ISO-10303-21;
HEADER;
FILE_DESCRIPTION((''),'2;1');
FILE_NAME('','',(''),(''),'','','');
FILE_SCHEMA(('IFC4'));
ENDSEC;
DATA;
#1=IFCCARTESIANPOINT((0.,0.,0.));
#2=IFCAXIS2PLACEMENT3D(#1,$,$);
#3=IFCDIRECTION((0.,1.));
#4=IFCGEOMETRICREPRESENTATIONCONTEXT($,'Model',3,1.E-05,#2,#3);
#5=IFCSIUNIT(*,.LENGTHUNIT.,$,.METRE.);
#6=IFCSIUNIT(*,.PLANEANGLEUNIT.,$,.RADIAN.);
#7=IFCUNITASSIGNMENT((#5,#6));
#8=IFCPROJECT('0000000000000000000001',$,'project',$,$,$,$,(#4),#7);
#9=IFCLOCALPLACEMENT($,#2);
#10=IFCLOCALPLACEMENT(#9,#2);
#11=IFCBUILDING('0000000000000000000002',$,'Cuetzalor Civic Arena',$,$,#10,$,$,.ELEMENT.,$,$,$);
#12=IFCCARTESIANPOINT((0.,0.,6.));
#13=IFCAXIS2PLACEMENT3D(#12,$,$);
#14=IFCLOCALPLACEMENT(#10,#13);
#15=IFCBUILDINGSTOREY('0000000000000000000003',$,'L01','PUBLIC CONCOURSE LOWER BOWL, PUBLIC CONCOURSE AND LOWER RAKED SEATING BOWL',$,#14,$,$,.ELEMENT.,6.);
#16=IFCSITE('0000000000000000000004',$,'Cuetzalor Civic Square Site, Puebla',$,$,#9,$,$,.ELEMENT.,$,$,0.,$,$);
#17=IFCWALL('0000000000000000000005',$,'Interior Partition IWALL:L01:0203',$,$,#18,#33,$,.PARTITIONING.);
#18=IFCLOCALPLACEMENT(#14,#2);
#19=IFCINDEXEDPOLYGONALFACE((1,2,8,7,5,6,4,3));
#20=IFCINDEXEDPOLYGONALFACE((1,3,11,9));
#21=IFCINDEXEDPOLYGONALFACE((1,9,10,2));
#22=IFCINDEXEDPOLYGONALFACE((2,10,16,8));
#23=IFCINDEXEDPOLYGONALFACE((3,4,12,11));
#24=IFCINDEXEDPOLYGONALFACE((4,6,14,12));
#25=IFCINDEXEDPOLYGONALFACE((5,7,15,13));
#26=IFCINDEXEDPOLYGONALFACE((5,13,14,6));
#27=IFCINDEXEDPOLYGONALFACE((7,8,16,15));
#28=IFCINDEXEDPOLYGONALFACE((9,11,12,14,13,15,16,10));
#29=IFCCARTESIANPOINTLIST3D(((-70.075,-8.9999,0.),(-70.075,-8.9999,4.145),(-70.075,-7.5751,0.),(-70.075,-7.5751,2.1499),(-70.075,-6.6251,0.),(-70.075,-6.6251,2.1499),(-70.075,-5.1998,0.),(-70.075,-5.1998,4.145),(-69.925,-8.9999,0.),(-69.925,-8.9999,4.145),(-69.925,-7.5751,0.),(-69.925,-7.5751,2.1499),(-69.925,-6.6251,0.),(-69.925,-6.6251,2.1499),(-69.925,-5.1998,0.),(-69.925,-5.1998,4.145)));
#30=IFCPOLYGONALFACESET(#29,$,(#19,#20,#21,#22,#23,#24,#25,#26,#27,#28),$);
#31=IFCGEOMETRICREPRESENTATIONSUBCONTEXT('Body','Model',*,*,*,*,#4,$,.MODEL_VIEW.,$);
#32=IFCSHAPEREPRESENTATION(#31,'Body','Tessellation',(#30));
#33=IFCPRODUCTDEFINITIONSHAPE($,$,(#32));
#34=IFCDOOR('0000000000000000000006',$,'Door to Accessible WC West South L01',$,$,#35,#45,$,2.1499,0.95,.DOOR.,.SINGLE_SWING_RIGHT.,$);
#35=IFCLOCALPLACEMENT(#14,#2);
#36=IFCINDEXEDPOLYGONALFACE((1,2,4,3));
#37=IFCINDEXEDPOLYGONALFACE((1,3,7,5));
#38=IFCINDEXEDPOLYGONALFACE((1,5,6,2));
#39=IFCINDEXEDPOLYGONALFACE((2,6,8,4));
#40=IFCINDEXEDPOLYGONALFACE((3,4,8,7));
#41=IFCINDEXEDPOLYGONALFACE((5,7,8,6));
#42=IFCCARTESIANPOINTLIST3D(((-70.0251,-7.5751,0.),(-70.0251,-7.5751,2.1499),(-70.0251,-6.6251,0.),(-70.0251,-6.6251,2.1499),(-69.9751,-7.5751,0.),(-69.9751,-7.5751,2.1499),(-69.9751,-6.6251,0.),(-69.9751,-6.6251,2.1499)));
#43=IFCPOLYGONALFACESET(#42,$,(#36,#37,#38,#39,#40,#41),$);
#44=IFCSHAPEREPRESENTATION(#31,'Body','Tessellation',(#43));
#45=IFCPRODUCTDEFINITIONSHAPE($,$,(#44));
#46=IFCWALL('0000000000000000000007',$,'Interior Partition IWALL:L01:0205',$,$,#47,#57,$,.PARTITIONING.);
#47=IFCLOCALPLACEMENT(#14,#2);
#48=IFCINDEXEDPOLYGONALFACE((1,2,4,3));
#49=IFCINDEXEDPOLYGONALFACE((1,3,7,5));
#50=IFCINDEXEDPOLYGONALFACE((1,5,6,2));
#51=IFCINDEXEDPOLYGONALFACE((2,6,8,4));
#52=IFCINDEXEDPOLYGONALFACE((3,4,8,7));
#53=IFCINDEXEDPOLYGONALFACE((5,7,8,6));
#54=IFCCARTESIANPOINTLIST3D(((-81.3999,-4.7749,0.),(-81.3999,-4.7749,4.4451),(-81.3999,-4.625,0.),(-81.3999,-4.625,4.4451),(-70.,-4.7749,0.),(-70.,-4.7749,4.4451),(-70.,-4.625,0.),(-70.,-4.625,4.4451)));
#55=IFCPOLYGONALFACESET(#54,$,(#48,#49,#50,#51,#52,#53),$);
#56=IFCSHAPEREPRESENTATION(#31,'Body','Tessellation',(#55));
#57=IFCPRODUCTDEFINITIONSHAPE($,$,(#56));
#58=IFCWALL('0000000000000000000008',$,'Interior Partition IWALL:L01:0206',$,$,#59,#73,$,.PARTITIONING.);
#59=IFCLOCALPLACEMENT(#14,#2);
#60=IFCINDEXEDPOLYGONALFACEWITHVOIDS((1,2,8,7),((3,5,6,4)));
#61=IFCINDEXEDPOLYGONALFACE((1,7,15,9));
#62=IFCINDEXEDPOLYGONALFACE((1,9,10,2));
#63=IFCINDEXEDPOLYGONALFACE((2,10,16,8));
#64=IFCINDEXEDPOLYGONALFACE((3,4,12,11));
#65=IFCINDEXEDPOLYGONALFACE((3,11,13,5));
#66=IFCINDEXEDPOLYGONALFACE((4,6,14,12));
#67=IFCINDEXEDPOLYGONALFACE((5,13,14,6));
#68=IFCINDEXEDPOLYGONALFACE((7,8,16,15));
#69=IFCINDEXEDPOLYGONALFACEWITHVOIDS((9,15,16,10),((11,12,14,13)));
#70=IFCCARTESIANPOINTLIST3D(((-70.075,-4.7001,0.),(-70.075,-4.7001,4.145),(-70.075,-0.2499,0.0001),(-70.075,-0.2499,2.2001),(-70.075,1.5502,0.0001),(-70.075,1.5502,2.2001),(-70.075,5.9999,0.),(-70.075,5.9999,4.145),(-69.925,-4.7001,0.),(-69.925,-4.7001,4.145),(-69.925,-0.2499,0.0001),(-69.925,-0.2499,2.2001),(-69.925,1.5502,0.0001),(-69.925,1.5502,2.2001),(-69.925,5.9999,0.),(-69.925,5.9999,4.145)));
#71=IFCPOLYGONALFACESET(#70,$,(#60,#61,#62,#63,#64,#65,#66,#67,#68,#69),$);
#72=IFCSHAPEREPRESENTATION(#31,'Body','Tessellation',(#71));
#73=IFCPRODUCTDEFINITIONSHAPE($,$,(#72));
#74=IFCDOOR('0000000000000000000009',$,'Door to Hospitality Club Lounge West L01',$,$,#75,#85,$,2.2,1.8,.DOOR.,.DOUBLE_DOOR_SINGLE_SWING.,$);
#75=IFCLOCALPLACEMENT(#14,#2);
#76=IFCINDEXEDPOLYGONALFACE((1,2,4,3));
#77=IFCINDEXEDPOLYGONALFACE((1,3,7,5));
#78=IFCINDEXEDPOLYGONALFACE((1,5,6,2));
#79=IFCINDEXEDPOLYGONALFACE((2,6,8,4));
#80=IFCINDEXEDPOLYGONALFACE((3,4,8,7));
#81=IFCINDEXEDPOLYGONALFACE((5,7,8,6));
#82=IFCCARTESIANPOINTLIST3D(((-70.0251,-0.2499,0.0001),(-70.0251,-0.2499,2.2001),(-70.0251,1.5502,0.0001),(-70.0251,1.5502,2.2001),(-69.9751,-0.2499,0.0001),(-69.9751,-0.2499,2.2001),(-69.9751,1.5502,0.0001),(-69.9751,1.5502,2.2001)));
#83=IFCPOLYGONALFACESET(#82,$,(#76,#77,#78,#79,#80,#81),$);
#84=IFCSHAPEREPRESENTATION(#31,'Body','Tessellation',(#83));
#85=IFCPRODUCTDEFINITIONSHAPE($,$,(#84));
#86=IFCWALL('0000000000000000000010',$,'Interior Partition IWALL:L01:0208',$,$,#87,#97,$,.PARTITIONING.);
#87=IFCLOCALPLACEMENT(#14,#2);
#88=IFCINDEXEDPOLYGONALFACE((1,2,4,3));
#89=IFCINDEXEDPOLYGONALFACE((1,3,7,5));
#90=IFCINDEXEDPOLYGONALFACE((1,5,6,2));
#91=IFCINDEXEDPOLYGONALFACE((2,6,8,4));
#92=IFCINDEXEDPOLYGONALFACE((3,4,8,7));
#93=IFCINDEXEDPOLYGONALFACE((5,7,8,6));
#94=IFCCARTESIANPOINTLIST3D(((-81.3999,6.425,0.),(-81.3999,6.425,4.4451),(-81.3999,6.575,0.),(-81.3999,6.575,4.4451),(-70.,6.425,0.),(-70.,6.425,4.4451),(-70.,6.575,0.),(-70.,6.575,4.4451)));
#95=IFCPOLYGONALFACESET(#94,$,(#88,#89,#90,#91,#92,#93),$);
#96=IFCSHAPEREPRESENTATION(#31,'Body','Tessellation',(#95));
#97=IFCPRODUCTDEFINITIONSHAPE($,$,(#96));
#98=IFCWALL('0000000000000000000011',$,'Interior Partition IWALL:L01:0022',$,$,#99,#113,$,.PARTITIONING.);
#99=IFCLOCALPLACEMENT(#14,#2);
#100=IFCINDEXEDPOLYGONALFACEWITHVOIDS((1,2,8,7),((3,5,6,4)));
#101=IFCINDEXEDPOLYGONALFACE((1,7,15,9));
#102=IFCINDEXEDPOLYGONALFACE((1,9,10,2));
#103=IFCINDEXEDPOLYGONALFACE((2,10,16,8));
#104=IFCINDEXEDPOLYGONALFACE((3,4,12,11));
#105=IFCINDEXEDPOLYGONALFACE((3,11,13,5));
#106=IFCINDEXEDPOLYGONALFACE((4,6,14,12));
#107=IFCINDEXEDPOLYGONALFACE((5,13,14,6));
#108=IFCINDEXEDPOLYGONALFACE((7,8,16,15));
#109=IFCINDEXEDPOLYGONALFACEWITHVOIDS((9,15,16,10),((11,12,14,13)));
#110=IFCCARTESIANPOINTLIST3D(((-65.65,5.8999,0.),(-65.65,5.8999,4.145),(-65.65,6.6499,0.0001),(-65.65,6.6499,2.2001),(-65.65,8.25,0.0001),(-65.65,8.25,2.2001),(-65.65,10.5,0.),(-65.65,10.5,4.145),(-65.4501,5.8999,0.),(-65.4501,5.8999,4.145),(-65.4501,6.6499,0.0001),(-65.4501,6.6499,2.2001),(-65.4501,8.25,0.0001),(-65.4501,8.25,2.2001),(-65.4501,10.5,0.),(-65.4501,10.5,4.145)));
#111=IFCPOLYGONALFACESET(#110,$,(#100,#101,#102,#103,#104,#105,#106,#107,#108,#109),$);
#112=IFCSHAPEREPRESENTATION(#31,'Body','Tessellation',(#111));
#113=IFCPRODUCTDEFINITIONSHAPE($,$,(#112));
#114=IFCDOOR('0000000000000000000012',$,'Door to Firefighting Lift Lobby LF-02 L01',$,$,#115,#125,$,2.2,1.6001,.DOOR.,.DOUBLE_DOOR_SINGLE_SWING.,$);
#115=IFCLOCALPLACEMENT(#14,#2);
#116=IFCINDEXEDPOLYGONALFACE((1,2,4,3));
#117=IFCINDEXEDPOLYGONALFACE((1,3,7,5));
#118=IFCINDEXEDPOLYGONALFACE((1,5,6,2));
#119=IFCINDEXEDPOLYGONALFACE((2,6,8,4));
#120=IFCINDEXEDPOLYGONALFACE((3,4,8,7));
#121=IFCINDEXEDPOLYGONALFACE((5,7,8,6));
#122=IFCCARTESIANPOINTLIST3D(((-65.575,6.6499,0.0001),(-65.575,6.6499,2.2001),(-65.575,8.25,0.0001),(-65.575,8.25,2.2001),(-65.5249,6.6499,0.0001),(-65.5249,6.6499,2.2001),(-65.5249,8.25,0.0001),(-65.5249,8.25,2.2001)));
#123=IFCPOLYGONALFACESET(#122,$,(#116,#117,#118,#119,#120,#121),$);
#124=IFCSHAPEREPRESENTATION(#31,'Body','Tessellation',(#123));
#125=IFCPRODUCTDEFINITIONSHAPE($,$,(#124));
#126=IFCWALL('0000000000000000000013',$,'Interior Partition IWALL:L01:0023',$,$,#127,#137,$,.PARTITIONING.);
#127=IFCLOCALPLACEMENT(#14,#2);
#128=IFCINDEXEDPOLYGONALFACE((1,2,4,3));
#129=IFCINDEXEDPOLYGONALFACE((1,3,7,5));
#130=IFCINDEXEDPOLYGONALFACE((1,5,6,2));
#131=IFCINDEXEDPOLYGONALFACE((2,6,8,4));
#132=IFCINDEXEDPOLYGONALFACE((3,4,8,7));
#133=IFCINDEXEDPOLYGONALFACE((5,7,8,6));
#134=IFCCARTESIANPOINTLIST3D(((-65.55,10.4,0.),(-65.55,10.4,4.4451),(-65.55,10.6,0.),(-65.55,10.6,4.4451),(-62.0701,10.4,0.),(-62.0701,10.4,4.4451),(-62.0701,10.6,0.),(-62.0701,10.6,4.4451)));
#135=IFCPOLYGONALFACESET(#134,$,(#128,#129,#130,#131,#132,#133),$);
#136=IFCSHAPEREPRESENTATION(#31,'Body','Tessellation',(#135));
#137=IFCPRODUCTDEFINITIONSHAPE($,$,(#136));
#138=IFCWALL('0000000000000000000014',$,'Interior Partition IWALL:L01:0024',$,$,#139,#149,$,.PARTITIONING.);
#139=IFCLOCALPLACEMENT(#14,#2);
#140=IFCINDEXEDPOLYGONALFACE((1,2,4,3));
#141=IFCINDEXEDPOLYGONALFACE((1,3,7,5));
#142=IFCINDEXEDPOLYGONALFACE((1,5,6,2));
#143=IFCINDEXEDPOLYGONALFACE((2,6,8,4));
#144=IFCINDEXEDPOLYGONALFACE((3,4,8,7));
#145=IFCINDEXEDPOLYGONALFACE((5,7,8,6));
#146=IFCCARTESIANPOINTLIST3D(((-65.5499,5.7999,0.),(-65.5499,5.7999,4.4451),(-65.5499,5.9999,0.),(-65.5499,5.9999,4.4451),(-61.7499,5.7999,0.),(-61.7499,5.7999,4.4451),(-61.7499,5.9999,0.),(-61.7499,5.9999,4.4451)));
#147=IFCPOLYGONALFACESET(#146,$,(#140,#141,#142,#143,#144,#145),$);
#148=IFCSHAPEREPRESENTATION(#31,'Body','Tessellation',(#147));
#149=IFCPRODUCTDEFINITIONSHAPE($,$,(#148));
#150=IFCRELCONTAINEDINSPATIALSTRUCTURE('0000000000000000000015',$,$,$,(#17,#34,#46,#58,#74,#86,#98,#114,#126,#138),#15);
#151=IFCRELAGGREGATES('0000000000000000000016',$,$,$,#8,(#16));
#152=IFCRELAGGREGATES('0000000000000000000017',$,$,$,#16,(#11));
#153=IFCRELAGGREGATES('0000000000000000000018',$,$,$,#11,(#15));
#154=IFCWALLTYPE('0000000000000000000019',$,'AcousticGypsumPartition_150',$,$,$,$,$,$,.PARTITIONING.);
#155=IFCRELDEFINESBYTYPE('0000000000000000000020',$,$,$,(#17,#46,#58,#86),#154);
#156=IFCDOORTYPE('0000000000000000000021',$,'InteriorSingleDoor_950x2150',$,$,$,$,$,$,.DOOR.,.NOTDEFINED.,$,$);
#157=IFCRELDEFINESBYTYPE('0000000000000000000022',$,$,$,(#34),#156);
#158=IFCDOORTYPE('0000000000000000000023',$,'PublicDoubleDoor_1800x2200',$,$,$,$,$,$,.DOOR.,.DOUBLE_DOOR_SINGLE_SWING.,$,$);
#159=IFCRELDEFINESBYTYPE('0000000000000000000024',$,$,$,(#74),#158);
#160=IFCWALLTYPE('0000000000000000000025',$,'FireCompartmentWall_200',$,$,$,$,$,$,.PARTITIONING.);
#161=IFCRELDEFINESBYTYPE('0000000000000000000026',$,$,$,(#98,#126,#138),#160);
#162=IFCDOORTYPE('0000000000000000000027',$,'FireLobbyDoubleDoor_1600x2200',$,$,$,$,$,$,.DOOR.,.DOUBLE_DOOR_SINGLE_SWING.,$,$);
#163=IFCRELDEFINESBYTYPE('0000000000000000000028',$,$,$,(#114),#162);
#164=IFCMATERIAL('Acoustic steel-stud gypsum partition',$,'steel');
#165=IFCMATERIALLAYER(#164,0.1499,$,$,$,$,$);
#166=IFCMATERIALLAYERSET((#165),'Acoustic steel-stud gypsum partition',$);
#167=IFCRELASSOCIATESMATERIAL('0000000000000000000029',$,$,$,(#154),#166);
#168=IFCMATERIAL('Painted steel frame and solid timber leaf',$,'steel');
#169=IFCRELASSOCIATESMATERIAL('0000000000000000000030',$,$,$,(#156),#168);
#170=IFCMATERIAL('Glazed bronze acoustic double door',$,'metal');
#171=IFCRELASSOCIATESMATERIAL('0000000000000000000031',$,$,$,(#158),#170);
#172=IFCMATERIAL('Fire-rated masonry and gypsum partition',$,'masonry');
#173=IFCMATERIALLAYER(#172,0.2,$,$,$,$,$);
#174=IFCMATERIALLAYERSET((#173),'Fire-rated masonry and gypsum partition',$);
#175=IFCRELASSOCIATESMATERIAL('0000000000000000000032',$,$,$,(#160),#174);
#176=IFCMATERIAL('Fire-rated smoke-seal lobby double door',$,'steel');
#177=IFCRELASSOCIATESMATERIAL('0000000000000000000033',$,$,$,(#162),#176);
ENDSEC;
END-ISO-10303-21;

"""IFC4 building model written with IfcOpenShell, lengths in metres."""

from ifc_helpers import new_model, si_unit, direction, frame, frame_2d, origin, place, context, subcontext, project, spatial, rectangle, extrude, material, layer, layer_set, type_object, element, fill, save


model = new_model("IFC4")

# Units and contexts
model_context = context("Model", 3, precision=1e-05, world=origin(), true_north=direction((0.0, 1.0)))
body_context = subcontext(model_context, "Body", "Model", "MODEL_VIEW")
ifc_project = project(units=[si_unit("LENGTHUNIT", "METRE"), si_unit("PLANEANGLEUNIT", "RADIAN")], contexts=[model_context])

# Site, building, storey
site_placement = place(None, origin())
site = spatial("IfcSite", under=ifc_project, at=site_placement, Name="Cuetzalor Civic Square Site, Puebla", CompositionType="ELEMENT", RefElevation=0.0)
building_placement = place(site_placement, origin())
building = spatial("IfcBuilding", under=site, at=building_placement, Name="Cuetzalor Civic Arena", CompositionType="ELEMENT")
storey_placement = place(building_placement, frame((0.0, 0.0, 6.0)))
storey = spatial("IfcBuildingStorey", under=building, at=storey_placement, Name="L01", Description="PUBLIC CONCOURSE LOWER BOWL, PUBLIC CONCOURSE AND LOWER RAKED SEATING BOWL", CompositionType="ELEMENT", Elevation=6.0)

# Wall, opening, door
ifc_material_1 = material(Name="Acoustic steel-stud gypsum partition", Category="steel")
ifc_layer_1 = layer(ifc_material_1, 0.1499)
ifc_layer_set_1 = layer_set([ifc_layer_1], Name="Acoustic steel-stud gypsum partition")
wall_type_1 = type_object("IfcWallType", Name="AcousticGypsumPartition_150", PredefinedType="PARTITIONING", material=ifc_layer_set_1)
wall_1_placement = place(storey_placement, frame((-70.0, -5.2, 0.0), z_axis=(0.0, 0.0, 1.0), x_axis=(0.0, -1.0, 0.0)))
wall_1 = element("IfcWall", 1, at=wall_1_placement, inside=storey, type_object=wall_type_1, Name="Interior Partition IWALL:L01:0203", PredefinedType="PARTITIONING", context=body_context, shape_type="SweptSolid", body=[
    extrude(rectangle(XDim=3.8, YDim=0.1499, at=frame_2d((1.8999, 0.0))), origin(), (0.0, 0.0, 1.0), 4.145),
])
opening_1_placement = place(wall_1_placement, frame((1.425, 0.0, 0.0)))
opening_1 = element("IfcOpeningElement", 2, at=opening_1_placement, cuts=wall_1, PredefinedType="OPENING", context=body_context, shape_type="SweptSolid", body=[
    extrude(rectangle(XDim=0.95, YDim=2.1499, at=frame_2d((0.4751, 1.075))), frame((0.0, 0.085, 0.0), z_axis=(0.0, -1.0, 0.0), x_axis=(1.0, 0.0, 0.0)), (0.0, 0.0, 1.0), 0.1699),
])
ifc_material_2 = material(Name="Painted steel frame and solid timber leaf", Category="steel")
door_type_1 = type_object("IfcDoorType", Name="InteriorSingleDoor_950x2150", OperationType="NOTDEFINED", PredefinedType="DOOR", material=ifc_material_2)
door_1_placement = place(opening_1_placement, origin())
door_1 = element("IfcDoor", 3, at=door_1_placement, inside=storey, type_object=door_type_1, Name="Door to Accessible WC West South L01", OperationType="SINGLE_SWING_RIGHT", OverallHeight=2.1499, OverallWidth=0.95, PredefinedType="DOOR", context=body_context, shape_type="SweptSolid", body=[
    extrude(rectangle(XDim=0.95, YDim=2.1499, at=frame_2d((0.4751, 1.075))), frame((0.0, 0.0249, 0.0), z_axis=(0.0, -1.0, 0.0), x_axis=(1.0, 0.0, 0.0)), (0.0, 0.0, 1.0), 0.05),
])
fill(opening_1, door_1)

# Wall
wall_2_placement = place(storey_placement, frame((-70.0, -4.7, 0.0), z_axis=(0.0, 0.0, 1.0), x_axis=(-1.0, 0.0, 0.0)))
element("IfcWall", 4, at=wall_2_placement, inside=storey, type_object=wall_type_1, Name="Interior Partition IWALL:L01:0205", PredefinedType="PARTITIONING", context=body_context, shape_type="SweptSolid", body=[
    extrude(rectangle(XDim=11.3999, YDim=0.1499, at=frame_2d((5.7, 0.0))), origin(), (0.0, 0.0, 1.0), 4.4451),
])

# Wall, opening, door
wall_3_placement = place(storey_placement, frame((-70.0, 6.0, 0.0), z_axis=(0.0, 0.0, 1.0), x_axis=(0.0, -1.0, 0.0)))
wall_3 = element("IfcWall", 5, at=wall_3_placement, inside=storey, type_object=wall_type_1, Name="Interior Partition IWALL:L01:0206", PredefinedType="PARTITIONING", context=body_context, shape_type="SweptSolid", body=[
    extrude(rectangle(XDim=10.7, YDim=0.1499, at=frame_2d((5.3501, 0.0))), origin(), (0.0, 0.0, 1.0), 4.145),
])
opening_2_placement = place(wall_3_placement, frame((4.45, 0.0, 0.0)))
opening_2 = element("IfcOpeningElement", 6, at=opening_2_placement, cuts=wall_3, PredefinedType="OPENING", context=body_context, shape_type="SweptSolid", body=[
    extrude(rectangle(XDim=1.8, YDim=2.2, at=frame_2d((0.8999, 1.1001))), frame((0.0, 0.085, 0.0), z_axis=(0.0, -1.0, 0.0), x_axis=(1.0, 0.0, 0.0)), (0.0, 0.0, 1.0), 0.1699),
])
ifc_material_3 = material(Name="Glazed bronze acoustic double door", Category="metal")
door_type_2 = type_object("IfcDoorType", Name="PublicDoubleDoor_1800x2200", OperationType="DOUBLE_DOOR_SINGLE_SWING", PredefinedType="DOOR", material=ifc_material_3)
door_2_placement = place(opening_2_placement, origin())
door_2 = element("IfcDoor", 7, at=door_2_placement, inside=storey, type_object=door_type_2, Name="Door to Hospitality Club Lounge West L01", OperationType="DOUBLE_DOOR_SINGLE_SWING", OverallHeight=2.2, OverallWidth=1.8, PredefinedType="DOOR", context=body_context, shape_type="SweptSolid", body=[
    extrude(rectangle(XDim=1.8, YDim=2.2, at=frame_2d((0.8999, 1.1001))), frame((0.0, 0.0249, 0.0), z_axis=(0.0, -1.0, 0.0), x_axis=(1.0, 0.0, 0.0)), (0.0, 0.0, 1.0), 0.05),
])
fill(opening_2, door_2)

# Wall
wall_4_placement = place(storey_placement, frame((-70.0, 6.5, 0.0), z_axis=(0.0, 0.0, 1.0), x_axis=(-1.0, 0.0, 0.0)))
element("IfcWall", 8, at=wall_4_placement, inside=storey, type_object=wall_type_1, Name="Interior Partition IWALL:L01:0208", PredefinedType="PARTITIONING", context=body_context, shape_type="SweptSolid", body=[
    extrude(rectangle(XDim=11.3999, YDim=0.1499, at=frame_2d((5.7, 0.0))), origin(), (0.0, 0.0, 1.0), 4.4451),
])

# Wall, opening, door
ifc_material_4 = material(Name="Fire-rated masonry and gypsum partition", Category="masonry")
ifc_layer_2 = layer(ifc_material_4, 0.2)
ifc_layer_set_2 = layer_set([ifc_layer_2], Name="Fire-rated masonry and gypsum partition")
wall_type_2 = type_object("IfcWallType", Name="FireCompartmentWall_200", PredefinedType="PARTITIONING", material=ifc_layer_set_2)
wall_5_placement = place(storey_placement, frame((-65.55, 5.8999, 0.0), z_axis=(0.0, 0.0, 1.0), x_axis=(0.0, 1.0, 0.0)))
wall_5 = element("IfcWall", 9, at=wall_5_placement, inside=storey, type_object=wall_type_2, Name="Interior Partition IWALL:L01:0022", PredefinedType="PARTITIONING", context=body_context, shape_type="SweptSolid", body=[
    extrude(rectangle(XDim=4.6001, YDim=0.2, at=frame_2d((2.3, 0.0))), origin(), (0.0, 0.0, 1.0), 4.145),
])
opening_3_placement = place(wall_5_placement, frame((0.75, 0.0, 0.0)))
opening_3 = element("IfcOpeningElement", 10, at=opening_3_placement, cuts=wall_5, PredefinedType="OPENING", context=body_context, shape_type="SweptSolid", body=[
    extrude(rectangle(XDim=1.6001, YDim=2.2, at=frame_2d((0.8, 1.1001))), frame((0.0, 0.1099, 0.0), z_axis=(0.0, -1.0, 0.0), x_axis=(1.0, 0.0, 0.0)), (0.0, 0.0, 1.0), 0.22),
])
ifc_material_5 = material(Name="Fire-rated smoke-seal lobby double door", Category="steel")
door_type_3 = type_object("IfcDoorType", Name="FireLobbyDoubleDoor_1600x2200", OperationType="DOUBLE_DOOR_SINGLE_SWING", PredefinedType="DOOR", material=ifc_material_5)
door_3_placement = place(opening_3_placement, origin())
door_3 = element("IfcDoor", 11, at=door_3_placement, inside=storey, type_object=door_type_3, Name="Door to Firefighting Lift Lobby LF-02 L01", OperationType="DOUBLE_DOOR_SINGLE_SWING", OverallHeight=2.2, OverallWidth=1.6001, PredefinedType="DOOR", context=body_context, shape_type="SweptSolid", body=[
    extrude(rectangle(XDim=1.6001, YDim=2.2, at=frame_2d((0.8, 1.1001))), frame((0.0, 0.0249, 0.0), z_axis=(0.0, -1.0, 0.0), x_axis=(1.0, 0.0, 0.0)), (0.0, 0.0, 1.0), 0.05),
])
fill(opening_3, door_3)

# Walls
wall_6_placement = place(storey_placement, frame((-65.55, 10.5, 0.0), z_axis=(0.0, 0.0, 1.0), x_axis=(1.0, 0.0, 0.0)))
element("IfcWall", 12, at=wall_6_placement, inside=storey, type_object=wall_type_2, Name="Interior Partition IWALL:L01:0023", PredefinedType="PARTITIONING", context=body_context, shape_type="SweptSolid", body=[
    extrude(rectangle(XDim=3.48, YDim=0.2, at=frame_2d((1.74, 0.0))), origin(), (0.0, 0.0, 1.0), 4.4451),
])
wall_7_placement = place(storey_placement, frame((-61.75, 5.8999, 0.0), z_axis=(0.0, 0.0, 1.0), x_axis=(-1.0, 0.0, 0.0)))
element("IfcWall", 13, at=wall_7_placement, inside=storey, type_object=wall_type_2, Name="Interior Partition IWALL:L01:0024", PredefinedType="PARTITIONING", context=body_context, shape_type="SweptSolid", body=[
    extrude(rectangle(XDim=3.8, YDim=0.2, at=frame_2d((1.8999, 0.0))), origin(), (0.0, 0.0, 1.0), 4.4451),
])

save(model, "model.ifc")
